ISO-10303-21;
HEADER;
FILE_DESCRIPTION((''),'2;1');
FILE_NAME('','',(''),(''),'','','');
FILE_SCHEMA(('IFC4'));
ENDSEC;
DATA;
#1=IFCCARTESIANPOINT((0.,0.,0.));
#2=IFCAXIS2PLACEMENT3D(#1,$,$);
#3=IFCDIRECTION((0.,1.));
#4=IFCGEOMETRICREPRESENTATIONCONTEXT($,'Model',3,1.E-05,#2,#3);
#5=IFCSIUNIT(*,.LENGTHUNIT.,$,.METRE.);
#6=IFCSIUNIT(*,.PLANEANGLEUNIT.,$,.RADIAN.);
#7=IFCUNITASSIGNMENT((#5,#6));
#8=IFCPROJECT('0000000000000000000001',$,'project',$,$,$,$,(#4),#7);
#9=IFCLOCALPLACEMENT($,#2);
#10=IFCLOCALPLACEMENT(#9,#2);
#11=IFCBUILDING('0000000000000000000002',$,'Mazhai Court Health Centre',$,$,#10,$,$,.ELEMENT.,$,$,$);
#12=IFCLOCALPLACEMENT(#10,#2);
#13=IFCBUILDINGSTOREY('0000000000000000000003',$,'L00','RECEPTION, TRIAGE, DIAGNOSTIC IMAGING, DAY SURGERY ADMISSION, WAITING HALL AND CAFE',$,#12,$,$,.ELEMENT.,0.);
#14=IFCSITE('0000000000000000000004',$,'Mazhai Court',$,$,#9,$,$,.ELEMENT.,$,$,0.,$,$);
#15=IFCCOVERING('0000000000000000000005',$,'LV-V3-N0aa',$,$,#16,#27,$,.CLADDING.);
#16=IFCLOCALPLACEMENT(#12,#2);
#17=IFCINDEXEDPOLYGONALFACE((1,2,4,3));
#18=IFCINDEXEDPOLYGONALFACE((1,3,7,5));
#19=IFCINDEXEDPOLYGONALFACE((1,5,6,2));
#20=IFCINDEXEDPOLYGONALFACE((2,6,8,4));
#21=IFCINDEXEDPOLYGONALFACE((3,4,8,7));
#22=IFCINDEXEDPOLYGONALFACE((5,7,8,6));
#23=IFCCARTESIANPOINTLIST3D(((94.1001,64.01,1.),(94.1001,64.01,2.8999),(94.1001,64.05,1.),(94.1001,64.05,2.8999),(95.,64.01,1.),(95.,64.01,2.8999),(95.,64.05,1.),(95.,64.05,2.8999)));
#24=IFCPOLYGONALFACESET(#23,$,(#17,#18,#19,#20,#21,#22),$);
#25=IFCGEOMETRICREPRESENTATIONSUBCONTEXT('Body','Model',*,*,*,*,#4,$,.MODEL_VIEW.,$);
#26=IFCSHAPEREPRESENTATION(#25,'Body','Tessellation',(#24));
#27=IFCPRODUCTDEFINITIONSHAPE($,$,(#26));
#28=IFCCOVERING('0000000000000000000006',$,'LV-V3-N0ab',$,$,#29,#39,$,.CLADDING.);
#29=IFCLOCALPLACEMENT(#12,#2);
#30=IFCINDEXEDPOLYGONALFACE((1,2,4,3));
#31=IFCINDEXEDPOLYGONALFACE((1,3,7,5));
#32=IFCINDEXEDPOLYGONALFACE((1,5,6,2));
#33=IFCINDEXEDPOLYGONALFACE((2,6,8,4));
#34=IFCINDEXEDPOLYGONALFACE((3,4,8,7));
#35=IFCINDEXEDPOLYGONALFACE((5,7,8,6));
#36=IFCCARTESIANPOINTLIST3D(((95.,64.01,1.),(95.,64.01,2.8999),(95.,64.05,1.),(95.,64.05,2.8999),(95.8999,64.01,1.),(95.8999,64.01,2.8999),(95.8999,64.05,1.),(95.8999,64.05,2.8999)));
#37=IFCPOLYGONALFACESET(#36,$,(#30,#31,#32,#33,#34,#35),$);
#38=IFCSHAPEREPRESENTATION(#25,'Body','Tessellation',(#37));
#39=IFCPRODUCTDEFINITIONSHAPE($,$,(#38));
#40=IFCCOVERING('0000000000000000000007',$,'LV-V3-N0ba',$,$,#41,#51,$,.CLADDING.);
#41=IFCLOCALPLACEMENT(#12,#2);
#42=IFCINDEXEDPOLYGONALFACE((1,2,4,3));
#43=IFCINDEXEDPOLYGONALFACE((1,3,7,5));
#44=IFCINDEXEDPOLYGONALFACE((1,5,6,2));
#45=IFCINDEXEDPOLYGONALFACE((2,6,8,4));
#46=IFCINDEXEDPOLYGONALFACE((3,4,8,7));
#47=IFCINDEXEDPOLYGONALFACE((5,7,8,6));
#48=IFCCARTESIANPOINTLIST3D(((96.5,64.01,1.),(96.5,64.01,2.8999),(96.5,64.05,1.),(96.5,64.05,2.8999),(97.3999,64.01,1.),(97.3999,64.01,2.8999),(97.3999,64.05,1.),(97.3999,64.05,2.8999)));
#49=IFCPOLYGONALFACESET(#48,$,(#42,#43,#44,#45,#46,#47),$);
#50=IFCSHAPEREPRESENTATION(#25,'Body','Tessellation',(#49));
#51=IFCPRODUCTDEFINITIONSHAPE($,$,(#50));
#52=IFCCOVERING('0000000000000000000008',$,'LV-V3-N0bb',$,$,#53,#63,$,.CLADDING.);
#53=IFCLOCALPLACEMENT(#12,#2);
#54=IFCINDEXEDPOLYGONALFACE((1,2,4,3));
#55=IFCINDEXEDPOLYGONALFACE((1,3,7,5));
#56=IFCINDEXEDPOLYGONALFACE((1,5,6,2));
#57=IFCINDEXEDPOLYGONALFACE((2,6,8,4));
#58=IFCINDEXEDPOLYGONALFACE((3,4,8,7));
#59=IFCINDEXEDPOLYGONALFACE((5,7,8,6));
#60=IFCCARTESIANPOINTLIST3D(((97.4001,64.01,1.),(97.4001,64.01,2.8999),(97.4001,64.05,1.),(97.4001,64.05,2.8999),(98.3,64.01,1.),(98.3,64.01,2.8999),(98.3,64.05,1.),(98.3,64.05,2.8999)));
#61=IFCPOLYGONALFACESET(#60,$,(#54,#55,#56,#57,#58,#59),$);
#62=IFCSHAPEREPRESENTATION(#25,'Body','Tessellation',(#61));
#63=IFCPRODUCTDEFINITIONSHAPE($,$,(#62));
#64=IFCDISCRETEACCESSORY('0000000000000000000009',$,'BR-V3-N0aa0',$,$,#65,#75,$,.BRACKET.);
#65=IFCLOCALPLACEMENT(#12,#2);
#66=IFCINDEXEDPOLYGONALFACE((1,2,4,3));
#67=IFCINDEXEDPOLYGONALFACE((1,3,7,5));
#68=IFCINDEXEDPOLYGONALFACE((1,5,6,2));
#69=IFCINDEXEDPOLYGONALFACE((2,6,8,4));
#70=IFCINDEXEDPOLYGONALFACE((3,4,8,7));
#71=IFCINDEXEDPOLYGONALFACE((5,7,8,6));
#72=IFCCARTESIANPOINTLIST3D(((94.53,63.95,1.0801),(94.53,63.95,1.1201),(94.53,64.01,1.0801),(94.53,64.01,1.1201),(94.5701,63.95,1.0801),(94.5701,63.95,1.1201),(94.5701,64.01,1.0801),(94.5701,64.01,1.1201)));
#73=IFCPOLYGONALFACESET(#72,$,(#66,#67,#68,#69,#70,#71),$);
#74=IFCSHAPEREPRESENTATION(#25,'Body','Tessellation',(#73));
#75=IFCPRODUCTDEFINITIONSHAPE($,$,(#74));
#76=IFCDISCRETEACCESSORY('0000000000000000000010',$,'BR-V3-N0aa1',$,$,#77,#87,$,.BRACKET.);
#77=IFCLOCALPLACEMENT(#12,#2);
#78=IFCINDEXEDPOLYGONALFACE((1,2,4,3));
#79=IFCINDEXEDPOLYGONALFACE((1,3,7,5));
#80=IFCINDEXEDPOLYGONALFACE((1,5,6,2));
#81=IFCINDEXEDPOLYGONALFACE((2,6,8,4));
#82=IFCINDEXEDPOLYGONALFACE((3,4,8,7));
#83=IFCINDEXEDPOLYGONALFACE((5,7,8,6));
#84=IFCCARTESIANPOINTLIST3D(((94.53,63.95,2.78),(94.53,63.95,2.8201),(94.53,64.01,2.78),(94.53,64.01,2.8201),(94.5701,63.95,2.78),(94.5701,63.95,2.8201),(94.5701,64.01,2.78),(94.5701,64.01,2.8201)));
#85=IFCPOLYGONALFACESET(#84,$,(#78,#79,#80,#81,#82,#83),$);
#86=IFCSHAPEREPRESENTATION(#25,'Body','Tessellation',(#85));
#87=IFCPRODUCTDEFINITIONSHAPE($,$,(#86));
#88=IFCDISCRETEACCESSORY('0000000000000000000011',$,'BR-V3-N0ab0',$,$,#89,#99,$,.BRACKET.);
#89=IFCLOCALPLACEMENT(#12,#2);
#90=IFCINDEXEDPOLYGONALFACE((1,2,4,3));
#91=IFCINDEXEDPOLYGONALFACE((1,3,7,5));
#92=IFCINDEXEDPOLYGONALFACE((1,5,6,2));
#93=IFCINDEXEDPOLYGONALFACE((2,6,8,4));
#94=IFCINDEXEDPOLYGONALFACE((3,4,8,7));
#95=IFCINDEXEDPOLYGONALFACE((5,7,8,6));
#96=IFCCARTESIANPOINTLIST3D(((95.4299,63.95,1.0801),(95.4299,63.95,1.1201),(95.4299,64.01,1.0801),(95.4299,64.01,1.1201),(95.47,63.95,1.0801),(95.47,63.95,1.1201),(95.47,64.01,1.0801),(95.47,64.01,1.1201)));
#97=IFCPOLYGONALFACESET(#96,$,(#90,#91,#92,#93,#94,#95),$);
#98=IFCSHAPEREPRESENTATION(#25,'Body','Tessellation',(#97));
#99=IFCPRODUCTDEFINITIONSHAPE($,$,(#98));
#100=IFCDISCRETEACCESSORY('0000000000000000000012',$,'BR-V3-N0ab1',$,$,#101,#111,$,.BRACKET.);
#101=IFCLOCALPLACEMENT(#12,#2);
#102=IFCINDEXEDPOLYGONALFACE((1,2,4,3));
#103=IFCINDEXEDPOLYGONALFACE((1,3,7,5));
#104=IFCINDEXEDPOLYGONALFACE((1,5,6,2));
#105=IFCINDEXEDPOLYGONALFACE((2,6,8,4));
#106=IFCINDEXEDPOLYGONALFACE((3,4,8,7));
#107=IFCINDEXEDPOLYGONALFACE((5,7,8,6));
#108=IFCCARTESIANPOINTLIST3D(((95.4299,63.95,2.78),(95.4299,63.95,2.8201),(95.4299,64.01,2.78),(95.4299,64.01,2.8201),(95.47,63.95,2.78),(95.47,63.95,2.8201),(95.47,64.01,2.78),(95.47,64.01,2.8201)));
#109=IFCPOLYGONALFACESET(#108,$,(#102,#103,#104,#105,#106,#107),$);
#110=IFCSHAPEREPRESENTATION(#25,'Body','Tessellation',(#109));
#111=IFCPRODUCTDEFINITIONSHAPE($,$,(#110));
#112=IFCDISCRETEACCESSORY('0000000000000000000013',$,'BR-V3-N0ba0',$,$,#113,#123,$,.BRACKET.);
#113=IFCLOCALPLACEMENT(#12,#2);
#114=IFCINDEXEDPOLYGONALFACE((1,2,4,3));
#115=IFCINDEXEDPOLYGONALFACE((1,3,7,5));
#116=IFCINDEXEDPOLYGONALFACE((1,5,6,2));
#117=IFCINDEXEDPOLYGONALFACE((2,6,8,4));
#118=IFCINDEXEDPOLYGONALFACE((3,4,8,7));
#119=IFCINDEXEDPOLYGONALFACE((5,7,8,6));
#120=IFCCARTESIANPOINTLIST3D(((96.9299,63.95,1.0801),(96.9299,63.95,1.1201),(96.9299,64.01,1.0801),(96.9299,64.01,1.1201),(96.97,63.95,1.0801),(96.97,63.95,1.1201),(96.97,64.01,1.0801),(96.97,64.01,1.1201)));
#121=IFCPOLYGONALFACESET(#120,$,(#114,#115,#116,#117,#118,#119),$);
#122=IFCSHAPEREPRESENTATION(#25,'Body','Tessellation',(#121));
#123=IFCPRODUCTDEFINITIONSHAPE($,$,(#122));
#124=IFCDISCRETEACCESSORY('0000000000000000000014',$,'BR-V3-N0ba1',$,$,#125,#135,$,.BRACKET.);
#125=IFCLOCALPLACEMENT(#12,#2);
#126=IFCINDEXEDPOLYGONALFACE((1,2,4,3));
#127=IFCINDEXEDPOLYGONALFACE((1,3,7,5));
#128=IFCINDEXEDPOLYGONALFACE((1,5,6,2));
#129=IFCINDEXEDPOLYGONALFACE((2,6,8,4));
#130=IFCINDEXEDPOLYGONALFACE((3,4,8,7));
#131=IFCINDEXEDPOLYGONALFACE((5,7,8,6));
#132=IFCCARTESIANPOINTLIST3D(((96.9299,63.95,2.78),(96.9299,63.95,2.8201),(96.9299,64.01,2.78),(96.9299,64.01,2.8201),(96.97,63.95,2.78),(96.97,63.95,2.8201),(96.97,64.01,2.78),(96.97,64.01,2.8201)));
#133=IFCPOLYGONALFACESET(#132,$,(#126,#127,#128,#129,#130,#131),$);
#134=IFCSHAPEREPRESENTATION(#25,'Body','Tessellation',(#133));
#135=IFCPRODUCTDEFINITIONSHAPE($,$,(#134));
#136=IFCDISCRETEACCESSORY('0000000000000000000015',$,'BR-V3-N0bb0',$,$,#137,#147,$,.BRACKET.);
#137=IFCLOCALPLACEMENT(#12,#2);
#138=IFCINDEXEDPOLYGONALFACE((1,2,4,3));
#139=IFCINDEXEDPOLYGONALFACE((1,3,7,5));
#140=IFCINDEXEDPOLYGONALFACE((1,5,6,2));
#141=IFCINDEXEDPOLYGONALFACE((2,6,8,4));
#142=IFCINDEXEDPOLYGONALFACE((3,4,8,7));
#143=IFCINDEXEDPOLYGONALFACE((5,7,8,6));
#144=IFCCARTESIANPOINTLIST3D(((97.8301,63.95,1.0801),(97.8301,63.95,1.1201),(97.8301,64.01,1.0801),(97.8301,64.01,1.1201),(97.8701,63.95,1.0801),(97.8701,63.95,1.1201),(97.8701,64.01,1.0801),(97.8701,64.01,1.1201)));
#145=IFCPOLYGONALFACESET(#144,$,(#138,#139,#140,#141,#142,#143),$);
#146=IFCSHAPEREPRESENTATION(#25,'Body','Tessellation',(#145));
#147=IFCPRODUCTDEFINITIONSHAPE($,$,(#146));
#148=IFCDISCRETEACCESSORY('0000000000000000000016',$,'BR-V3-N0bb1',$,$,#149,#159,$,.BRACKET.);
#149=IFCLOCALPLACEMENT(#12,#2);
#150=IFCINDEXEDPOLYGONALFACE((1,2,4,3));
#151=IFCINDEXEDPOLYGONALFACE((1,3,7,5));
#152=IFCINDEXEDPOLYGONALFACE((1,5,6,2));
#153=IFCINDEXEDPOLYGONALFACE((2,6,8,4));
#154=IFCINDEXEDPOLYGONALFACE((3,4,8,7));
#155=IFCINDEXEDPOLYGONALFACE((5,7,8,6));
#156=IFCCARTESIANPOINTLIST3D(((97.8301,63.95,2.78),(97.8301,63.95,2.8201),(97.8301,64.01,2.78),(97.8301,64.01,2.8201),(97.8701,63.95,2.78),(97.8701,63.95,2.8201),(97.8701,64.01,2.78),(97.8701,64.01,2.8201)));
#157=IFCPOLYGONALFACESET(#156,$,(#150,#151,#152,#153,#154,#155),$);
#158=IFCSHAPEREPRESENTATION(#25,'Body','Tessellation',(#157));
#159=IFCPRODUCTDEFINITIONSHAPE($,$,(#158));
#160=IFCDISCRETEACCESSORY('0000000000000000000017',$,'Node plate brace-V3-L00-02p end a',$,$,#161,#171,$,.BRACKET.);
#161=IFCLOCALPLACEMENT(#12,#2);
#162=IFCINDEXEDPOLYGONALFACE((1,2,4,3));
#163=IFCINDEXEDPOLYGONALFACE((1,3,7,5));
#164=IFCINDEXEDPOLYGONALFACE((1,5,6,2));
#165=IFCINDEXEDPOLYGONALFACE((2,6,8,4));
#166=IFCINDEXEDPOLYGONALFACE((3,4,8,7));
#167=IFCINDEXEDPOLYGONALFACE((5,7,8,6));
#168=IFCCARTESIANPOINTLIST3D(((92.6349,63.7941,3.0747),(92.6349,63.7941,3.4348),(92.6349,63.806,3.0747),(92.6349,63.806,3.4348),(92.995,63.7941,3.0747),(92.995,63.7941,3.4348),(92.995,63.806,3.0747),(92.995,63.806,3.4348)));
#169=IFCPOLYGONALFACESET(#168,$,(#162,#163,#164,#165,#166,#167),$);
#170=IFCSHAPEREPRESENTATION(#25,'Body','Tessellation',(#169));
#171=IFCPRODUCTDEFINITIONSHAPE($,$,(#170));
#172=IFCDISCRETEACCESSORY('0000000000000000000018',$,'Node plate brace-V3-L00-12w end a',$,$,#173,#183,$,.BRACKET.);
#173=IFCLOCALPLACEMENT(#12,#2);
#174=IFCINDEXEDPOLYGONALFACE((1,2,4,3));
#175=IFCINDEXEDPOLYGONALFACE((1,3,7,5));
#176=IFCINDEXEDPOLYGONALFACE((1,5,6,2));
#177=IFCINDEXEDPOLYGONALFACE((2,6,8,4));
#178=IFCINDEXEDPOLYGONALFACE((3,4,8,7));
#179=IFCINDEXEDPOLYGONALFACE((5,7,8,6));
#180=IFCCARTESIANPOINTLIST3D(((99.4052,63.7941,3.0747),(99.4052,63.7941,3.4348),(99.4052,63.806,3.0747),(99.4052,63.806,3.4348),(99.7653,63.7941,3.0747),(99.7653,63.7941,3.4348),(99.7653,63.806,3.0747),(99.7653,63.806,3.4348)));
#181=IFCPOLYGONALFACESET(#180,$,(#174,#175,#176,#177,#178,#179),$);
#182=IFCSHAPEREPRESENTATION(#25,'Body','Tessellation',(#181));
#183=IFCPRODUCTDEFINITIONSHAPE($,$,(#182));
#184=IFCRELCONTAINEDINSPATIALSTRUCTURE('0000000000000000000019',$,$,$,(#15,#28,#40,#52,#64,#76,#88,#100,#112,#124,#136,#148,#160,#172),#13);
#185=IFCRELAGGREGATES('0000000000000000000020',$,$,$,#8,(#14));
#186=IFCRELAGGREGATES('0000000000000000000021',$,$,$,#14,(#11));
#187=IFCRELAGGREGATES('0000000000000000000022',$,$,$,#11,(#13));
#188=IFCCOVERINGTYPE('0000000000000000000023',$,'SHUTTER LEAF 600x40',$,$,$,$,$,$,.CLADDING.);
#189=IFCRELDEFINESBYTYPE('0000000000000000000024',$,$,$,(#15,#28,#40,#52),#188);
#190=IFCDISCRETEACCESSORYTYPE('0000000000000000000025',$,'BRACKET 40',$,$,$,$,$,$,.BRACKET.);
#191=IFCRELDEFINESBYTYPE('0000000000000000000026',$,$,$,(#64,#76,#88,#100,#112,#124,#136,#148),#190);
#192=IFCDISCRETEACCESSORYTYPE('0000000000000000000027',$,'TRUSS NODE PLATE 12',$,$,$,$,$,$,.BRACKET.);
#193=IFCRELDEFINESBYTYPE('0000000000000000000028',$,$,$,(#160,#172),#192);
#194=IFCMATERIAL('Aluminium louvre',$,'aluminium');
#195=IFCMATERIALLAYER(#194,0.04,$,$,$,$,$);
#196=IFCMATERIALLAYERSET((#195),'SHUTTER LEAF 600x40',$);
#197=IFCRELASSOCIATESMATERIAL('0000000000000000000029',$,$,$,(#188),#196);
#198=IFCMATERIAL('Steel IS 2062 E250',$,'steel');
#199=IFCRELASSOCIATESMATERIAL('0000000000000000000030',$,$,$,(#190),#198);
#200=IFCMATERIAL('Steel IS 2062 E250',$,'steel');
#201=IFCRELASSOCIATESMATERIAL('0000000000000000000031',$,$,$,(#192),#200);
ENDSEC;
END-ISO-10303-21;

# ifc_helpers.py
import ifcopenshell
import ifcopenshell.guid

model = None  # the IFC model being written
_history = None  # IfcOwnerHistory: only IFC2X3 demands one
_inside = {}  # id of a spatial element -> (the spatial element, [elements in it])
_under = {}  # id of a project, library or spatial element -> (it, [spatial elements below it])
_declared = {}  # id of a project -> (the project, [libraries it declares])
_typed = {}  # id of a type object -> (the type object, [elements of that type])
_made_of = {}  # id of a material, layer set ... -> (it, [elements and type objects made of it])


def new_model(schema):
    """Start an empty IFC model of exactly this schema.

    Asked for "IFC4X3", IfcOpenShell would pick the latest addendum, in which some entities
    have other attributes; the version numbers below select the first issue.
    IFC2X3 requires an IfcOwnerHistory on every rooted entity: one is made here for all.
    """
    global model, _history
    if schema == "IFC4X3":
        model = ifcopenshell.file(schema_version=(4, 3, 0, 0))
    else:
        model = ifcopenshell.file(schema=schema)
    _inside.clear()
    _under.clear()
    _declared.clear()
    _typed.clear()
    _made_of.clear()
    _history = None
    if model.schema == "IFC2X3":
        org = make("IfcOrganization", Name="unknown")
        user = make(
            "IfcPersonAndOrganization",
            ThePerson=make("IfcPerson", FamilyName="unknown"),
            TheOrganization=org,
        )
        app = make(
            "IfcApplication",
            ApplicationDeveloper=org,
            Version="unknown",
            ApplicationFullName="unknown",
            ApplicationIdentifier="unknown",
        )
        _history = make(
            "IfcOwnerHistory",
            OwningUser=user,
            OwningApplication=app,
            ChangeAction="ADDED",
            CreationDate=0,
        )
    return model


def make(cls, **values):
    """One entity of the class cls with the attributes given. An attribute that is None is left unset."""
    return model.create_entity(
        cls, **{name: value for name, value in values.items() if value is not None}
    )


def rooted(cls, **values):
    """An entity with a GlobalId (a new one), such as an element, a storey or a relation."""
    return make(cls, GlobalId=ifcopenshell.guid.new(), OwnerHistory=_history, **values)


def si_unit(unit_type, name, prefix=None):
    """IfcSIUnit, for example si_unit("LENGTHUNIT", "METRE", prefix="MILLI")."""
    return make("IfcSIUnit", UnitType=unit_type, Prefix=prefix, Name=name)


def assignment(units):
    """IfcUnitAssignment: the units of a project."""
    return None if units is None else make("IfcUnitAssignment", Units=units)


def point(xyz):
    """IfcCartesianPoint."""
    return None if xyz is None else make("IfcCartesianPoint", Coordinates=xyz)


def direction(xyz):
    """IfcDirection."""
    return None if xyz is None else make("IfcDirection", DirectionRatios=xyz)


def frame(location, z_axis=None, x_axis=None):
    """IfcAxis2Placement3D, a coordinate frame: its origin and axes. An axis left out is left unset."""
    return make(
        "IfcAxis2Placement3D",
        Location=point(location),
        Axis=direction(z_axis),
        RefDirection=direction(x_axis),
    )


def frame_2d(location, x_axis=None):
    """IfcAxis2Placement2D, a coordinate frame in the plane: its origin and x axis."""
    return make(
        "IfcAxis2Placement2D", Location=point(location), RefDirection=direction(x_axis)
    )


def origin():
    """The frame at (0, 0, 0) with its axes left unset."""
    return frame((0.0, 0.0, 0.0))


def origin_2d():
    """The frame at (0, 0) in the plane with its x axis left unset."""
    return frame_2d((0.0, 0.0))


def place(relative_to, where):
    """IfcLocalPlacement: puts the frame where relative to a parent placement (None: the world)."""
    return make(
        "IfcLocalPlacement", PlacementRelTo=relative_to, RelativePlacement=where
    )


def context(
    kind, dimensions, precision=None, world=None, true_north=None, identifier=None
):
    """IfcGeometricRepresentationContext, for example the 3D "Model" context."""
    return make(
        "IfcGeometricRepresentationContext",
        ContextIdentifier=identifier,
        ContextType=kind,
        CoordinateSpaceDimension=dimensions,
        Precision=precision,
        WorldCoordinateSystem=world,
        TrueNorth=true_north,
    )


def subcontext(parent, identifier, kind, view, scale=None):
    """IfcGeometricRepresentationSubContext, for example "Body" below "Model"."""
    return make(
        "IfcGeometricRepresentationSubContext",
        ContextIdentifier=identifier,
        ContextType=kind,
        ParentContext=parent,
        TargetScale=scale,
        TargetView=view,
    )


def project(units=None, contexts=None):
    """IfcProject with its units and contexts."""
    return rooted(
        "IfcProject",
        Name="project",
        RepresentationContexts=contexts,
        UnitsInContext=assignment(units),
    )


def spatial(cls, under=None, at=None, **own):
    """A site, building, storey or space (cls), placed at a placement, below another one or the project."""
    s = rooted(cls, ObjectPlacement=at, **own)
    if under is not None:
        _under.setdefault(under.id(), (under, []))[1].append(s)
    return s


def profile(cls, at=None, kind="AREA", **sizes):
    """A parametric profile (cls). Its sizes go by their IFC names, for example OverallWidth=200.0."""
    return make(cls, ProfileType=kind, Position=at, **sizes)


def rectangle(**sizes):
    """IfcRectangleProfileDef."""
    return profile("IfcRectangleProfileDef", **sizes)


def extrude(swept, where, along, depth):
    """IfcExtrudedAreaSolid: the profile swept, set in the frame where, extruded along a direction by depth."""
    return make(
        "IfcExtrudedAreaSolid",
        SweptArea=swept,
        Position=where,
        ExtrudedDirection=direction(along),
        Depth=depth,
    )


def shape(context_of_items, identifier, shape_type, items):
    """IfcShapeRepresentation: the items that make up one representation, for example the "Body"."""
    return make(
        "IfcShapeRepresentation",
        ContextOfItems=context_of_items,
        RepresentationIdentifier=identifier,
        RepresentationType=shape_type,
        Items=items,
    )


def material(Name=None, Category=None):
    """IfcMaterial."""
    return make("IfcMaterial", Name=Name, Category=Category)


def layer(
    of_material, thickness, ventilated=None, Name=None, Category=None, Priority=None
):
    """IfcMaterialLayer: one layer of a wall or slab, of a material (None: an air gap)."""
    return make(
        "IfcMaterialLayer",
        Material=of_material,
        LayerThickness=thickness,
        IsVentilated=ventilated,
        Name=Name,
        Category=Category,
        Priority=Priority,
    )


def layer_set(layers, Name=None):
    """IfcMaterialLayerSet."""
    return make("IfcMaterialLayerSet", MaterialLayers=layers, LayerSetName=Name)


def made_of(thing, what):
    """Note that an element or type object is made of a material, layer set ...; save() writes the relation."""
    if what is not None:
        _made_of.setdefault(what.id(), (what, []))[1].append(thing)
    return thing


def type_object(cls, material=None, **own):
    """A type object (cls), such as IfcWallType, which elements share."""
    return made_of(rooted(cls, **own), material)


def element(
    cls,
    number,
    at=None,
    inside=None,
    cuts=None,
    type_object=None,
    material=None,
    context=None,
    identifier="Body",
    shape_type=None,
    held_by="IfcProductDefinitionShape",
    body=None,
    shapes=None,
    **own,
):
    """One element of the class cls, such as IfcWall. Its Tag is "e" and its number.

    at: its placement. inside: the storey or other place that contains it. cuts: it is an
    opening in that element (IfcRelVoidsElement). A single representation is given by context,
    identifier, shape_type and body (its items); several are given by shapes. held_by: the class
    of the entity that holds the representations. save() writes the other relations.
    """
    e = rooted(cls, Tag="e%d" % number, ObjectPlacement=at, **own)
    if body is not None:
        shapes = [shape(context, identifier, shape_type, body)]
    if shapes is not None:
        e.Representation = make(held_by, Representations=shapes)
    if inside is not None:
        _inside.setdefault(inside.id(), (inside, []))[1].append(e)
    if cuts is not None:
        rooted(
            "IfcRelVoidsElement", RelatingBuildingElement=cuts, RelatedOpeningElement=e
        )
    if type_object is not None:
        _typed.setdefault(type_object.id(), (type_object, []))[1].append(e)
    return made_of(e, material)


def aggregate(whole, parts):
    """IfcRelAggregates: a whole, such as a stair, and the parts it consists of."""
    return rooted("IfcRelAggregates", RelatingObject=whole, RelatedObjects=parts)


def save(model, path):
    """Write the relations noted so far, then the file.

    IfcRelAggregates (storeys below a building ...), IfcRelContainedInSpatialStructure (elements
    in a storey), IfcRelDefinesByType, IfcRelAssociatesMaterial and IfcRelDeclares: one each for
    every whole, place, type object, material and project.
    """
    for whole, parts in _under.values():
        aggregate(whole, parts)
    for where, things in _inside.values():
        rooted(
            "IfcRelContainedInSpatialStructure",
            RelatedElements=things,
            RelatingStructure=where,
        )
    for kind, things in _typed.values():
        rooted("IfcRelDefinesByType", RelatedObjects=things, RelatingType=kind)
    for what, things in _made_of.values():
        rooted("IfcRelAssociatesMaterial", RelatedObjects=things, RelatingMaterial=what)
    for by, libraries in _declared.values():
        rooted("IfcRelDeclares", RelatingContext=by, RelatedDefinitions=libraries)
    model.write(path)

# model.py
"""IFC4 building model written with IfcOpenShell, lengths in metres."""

from ifc_helpers import new_model, si_unit, direction, frame, origin, origin_2d, place, context, subcontext, project, spatial, rectangle, extrude, material, layer, layer_set, type_object, element, save


model = new_model("IFC4")

# Units and contexts
model_context = context("Model", 3, precision=1e-05, world=origin(), true_north=direction((0.0, 1.0)))
body_context = subcontext(model_context, "Body", "Model", "MODEL_VIEW")
ifc_project = project(units=[si_unit("LENGTHUNIT", "METRE"), si_unit("PLANEANGLEUNIT", "RADIAN")], contexts=[model_context])

# Site, building, storey
site_placement = place(None, origin())
site = spatial("IfcSite", under=ifc_project, at=site_placement, Name="Mazhai Court", CompositionType="ELEMENT", RefElevation=0.0)
building_placement = place(site_placement, origin())
building = spatial("IfcBuilding", under=site, at=building_placement, Name="Mazhai Court Health Centre", CompositionType="ELEMENT")
storey_placement = place(building_placement, origin())
storey = spatial("IfcBuildingStorey", under=building, at=storey_placement, Name="L00", Description="RECEPTION, TRIAGE, DIAGNOSTIC IMAGING, DAY SURGERY ADMISSION, WAITING HALL AND CAFE", CompositionType="ELEMENT", Elevation=0.0)

# Coverings
ifc_material_1 = material(Name="Aluminium louvre", Category="aluminium")
ifc_layer_1 = layer(ifc_material_1, 0.04)
ifc_layer_set_1 = layer_set([ifc_layer_1], Name="SHUTTER LEAF 600x40")
covering_type = type_object("IfcCoveringType", Name="SHUTTER LEAF 600x40", PredefinedType="CLADDING", material=ifc_layer_set_1)
for number, where, z_axis, x_axis, name in (
    (1, (94.55, 64.03, 1.0), (0.0, 0.0, 1.0), (1.0, 0.0, 0.0), "LV-V3-N0aa"),
    (2, (95.45, 64.03, 1.0), (0.0, 0.0, 1.0), (1.0, 0.0, 0.0), "LV-V3-N0ab"),
    (3, (96.95, 64.03, 1.0), (0.0, 0.0, 1.0), (1.0, 0.0, 0.0), "LV-V3-N0ba"),
    (4, (97.8501, 64.03, 1.0), (0.0, 0.0, 1.0), (1.0, 0.0, 0.0), "LV-V3-N0bb"),
):
    element("IfcCovering", number, at=place(storey_placement, frame(where, z_axis=z_axis, x_axis=x_axis)), inside=storey, type_object=covering_type, Name=name, PredefinedType="CLADDING", context=body_context, shape_type="SweptSolid", body=[
        extrude(rectangle(XDim=0.8999, YDim=0.04, at=origin_2d()), origin(), (0.0, 0.0, 1.0), 1.8999),
    ])

# Discrete accessories
ifc_material_2 = material(Name="Steel IS 2062 E250", Category="steel")
discrete_accessory_type_1 = type_object("IfcDiscreteAccessoryType", Name="BRACKET 40", PredefinedType="BRACKET", material=ifc_material_2)
for number, where, z_axis, x_axis, name in (
    (5, (94.55, 63.98, 1.0801), (0.0, 0.0, 1.0), (1.0, 0.0, 0.0), "BR-V3-N0aa0"),
    (6, (94.55, 63.98, 2.78), (0.0, 0.0, 1.0), (1.0, 0.0, 0.0), "BR-V3-N0aa1"),
    (7, (95.45, 63.98, 1.0801), (0.0, 0.0, 1.0), (1.0, 0.0, 0.0), "BR-V3-N0ab0"),
    (8, (95.45, 63.98, 2.78), (0.0, 0.0, 1.0), (1.0, 0.0, 0.0), "BR-V3-N0ab1"),
    (9, (96.95, 63.98, 1.0801), (0.0, 0.0, 1.0), (1.0, 0.0, 0.0), "BR-V3-N0ba0"),
    (10, (96.95, 63.98, 2.78), (0.0, 0.0, 1.0), (1.0, 0.0, 0.0), "BR-V3-N0ba1"),
    (11, (97.8501, 63.98, 1.0801), (0.0, 0.0, 1.0), (1.0, 0.0, 0.0), "BR-V3-N0bb0"),
    (12, (97.8501, 63.98, 2.78), (0.0, 0.0, 1.0), (1.0, 0.0, 0.0), "BR-V3-N0bb1"),
):
    element("IfcDiscreteAccessory", number, at=place(storey_placement, frame(where, z_axis=z_axis, x_axis=x_axis)), inside=storey, type_object=discrete_accessory_type_1, Name=name, PredefinedType="BRACKET", context=body_context, shape_type="SweptSolid", body=[
        extrude(rectangle(XDim=0.04, YDim=0.0601, at=origin_2d()), origin(), (0.0, 0.0, 1.0), 0.04),
    ])
ifc_material_3 = material(Name="Steel IS 2062 E250", Category="steel")
discrete_accessory_type_2 = type_object("IfcDiscreteAccessoryType", Name="TRUSS NODE PLATE 12", PredefinedType="BRACKET", material=ifc_material_3)
for number, where, z_axis, x_axis, name in (
    (13, (92.8149, 63.8, 3.0747), (0.0, 0.0, 1.0), (1.0, 0.0, 0.0), "Node plate brace-V3-L00-02p end a"),
    (14, (99.5852, 63.8, 3.0747), (0.0, 0.0, 1.0), (1.0, 0.0, 0.0), "Node plate brace-V3-L00-12w end a"),
):
    element("IfcDiscreteAccessory", number, at=place(storey_placement, frame(where, z_axis=z_axis, x_axis=x_axis)), inside=storey, type_object=discrete_accessory_type_2, Name=name, PredefinedType="BRACKET", context=body_context, shape_type="SweptSolid", body=[
        extrude(rectangle(XDim=0.3601, YDim=0.012, at=origin_2d()), origin(), (0.0, 0.0, 1.0), 0.3601),
    ])

save(model, "model.ifc")
